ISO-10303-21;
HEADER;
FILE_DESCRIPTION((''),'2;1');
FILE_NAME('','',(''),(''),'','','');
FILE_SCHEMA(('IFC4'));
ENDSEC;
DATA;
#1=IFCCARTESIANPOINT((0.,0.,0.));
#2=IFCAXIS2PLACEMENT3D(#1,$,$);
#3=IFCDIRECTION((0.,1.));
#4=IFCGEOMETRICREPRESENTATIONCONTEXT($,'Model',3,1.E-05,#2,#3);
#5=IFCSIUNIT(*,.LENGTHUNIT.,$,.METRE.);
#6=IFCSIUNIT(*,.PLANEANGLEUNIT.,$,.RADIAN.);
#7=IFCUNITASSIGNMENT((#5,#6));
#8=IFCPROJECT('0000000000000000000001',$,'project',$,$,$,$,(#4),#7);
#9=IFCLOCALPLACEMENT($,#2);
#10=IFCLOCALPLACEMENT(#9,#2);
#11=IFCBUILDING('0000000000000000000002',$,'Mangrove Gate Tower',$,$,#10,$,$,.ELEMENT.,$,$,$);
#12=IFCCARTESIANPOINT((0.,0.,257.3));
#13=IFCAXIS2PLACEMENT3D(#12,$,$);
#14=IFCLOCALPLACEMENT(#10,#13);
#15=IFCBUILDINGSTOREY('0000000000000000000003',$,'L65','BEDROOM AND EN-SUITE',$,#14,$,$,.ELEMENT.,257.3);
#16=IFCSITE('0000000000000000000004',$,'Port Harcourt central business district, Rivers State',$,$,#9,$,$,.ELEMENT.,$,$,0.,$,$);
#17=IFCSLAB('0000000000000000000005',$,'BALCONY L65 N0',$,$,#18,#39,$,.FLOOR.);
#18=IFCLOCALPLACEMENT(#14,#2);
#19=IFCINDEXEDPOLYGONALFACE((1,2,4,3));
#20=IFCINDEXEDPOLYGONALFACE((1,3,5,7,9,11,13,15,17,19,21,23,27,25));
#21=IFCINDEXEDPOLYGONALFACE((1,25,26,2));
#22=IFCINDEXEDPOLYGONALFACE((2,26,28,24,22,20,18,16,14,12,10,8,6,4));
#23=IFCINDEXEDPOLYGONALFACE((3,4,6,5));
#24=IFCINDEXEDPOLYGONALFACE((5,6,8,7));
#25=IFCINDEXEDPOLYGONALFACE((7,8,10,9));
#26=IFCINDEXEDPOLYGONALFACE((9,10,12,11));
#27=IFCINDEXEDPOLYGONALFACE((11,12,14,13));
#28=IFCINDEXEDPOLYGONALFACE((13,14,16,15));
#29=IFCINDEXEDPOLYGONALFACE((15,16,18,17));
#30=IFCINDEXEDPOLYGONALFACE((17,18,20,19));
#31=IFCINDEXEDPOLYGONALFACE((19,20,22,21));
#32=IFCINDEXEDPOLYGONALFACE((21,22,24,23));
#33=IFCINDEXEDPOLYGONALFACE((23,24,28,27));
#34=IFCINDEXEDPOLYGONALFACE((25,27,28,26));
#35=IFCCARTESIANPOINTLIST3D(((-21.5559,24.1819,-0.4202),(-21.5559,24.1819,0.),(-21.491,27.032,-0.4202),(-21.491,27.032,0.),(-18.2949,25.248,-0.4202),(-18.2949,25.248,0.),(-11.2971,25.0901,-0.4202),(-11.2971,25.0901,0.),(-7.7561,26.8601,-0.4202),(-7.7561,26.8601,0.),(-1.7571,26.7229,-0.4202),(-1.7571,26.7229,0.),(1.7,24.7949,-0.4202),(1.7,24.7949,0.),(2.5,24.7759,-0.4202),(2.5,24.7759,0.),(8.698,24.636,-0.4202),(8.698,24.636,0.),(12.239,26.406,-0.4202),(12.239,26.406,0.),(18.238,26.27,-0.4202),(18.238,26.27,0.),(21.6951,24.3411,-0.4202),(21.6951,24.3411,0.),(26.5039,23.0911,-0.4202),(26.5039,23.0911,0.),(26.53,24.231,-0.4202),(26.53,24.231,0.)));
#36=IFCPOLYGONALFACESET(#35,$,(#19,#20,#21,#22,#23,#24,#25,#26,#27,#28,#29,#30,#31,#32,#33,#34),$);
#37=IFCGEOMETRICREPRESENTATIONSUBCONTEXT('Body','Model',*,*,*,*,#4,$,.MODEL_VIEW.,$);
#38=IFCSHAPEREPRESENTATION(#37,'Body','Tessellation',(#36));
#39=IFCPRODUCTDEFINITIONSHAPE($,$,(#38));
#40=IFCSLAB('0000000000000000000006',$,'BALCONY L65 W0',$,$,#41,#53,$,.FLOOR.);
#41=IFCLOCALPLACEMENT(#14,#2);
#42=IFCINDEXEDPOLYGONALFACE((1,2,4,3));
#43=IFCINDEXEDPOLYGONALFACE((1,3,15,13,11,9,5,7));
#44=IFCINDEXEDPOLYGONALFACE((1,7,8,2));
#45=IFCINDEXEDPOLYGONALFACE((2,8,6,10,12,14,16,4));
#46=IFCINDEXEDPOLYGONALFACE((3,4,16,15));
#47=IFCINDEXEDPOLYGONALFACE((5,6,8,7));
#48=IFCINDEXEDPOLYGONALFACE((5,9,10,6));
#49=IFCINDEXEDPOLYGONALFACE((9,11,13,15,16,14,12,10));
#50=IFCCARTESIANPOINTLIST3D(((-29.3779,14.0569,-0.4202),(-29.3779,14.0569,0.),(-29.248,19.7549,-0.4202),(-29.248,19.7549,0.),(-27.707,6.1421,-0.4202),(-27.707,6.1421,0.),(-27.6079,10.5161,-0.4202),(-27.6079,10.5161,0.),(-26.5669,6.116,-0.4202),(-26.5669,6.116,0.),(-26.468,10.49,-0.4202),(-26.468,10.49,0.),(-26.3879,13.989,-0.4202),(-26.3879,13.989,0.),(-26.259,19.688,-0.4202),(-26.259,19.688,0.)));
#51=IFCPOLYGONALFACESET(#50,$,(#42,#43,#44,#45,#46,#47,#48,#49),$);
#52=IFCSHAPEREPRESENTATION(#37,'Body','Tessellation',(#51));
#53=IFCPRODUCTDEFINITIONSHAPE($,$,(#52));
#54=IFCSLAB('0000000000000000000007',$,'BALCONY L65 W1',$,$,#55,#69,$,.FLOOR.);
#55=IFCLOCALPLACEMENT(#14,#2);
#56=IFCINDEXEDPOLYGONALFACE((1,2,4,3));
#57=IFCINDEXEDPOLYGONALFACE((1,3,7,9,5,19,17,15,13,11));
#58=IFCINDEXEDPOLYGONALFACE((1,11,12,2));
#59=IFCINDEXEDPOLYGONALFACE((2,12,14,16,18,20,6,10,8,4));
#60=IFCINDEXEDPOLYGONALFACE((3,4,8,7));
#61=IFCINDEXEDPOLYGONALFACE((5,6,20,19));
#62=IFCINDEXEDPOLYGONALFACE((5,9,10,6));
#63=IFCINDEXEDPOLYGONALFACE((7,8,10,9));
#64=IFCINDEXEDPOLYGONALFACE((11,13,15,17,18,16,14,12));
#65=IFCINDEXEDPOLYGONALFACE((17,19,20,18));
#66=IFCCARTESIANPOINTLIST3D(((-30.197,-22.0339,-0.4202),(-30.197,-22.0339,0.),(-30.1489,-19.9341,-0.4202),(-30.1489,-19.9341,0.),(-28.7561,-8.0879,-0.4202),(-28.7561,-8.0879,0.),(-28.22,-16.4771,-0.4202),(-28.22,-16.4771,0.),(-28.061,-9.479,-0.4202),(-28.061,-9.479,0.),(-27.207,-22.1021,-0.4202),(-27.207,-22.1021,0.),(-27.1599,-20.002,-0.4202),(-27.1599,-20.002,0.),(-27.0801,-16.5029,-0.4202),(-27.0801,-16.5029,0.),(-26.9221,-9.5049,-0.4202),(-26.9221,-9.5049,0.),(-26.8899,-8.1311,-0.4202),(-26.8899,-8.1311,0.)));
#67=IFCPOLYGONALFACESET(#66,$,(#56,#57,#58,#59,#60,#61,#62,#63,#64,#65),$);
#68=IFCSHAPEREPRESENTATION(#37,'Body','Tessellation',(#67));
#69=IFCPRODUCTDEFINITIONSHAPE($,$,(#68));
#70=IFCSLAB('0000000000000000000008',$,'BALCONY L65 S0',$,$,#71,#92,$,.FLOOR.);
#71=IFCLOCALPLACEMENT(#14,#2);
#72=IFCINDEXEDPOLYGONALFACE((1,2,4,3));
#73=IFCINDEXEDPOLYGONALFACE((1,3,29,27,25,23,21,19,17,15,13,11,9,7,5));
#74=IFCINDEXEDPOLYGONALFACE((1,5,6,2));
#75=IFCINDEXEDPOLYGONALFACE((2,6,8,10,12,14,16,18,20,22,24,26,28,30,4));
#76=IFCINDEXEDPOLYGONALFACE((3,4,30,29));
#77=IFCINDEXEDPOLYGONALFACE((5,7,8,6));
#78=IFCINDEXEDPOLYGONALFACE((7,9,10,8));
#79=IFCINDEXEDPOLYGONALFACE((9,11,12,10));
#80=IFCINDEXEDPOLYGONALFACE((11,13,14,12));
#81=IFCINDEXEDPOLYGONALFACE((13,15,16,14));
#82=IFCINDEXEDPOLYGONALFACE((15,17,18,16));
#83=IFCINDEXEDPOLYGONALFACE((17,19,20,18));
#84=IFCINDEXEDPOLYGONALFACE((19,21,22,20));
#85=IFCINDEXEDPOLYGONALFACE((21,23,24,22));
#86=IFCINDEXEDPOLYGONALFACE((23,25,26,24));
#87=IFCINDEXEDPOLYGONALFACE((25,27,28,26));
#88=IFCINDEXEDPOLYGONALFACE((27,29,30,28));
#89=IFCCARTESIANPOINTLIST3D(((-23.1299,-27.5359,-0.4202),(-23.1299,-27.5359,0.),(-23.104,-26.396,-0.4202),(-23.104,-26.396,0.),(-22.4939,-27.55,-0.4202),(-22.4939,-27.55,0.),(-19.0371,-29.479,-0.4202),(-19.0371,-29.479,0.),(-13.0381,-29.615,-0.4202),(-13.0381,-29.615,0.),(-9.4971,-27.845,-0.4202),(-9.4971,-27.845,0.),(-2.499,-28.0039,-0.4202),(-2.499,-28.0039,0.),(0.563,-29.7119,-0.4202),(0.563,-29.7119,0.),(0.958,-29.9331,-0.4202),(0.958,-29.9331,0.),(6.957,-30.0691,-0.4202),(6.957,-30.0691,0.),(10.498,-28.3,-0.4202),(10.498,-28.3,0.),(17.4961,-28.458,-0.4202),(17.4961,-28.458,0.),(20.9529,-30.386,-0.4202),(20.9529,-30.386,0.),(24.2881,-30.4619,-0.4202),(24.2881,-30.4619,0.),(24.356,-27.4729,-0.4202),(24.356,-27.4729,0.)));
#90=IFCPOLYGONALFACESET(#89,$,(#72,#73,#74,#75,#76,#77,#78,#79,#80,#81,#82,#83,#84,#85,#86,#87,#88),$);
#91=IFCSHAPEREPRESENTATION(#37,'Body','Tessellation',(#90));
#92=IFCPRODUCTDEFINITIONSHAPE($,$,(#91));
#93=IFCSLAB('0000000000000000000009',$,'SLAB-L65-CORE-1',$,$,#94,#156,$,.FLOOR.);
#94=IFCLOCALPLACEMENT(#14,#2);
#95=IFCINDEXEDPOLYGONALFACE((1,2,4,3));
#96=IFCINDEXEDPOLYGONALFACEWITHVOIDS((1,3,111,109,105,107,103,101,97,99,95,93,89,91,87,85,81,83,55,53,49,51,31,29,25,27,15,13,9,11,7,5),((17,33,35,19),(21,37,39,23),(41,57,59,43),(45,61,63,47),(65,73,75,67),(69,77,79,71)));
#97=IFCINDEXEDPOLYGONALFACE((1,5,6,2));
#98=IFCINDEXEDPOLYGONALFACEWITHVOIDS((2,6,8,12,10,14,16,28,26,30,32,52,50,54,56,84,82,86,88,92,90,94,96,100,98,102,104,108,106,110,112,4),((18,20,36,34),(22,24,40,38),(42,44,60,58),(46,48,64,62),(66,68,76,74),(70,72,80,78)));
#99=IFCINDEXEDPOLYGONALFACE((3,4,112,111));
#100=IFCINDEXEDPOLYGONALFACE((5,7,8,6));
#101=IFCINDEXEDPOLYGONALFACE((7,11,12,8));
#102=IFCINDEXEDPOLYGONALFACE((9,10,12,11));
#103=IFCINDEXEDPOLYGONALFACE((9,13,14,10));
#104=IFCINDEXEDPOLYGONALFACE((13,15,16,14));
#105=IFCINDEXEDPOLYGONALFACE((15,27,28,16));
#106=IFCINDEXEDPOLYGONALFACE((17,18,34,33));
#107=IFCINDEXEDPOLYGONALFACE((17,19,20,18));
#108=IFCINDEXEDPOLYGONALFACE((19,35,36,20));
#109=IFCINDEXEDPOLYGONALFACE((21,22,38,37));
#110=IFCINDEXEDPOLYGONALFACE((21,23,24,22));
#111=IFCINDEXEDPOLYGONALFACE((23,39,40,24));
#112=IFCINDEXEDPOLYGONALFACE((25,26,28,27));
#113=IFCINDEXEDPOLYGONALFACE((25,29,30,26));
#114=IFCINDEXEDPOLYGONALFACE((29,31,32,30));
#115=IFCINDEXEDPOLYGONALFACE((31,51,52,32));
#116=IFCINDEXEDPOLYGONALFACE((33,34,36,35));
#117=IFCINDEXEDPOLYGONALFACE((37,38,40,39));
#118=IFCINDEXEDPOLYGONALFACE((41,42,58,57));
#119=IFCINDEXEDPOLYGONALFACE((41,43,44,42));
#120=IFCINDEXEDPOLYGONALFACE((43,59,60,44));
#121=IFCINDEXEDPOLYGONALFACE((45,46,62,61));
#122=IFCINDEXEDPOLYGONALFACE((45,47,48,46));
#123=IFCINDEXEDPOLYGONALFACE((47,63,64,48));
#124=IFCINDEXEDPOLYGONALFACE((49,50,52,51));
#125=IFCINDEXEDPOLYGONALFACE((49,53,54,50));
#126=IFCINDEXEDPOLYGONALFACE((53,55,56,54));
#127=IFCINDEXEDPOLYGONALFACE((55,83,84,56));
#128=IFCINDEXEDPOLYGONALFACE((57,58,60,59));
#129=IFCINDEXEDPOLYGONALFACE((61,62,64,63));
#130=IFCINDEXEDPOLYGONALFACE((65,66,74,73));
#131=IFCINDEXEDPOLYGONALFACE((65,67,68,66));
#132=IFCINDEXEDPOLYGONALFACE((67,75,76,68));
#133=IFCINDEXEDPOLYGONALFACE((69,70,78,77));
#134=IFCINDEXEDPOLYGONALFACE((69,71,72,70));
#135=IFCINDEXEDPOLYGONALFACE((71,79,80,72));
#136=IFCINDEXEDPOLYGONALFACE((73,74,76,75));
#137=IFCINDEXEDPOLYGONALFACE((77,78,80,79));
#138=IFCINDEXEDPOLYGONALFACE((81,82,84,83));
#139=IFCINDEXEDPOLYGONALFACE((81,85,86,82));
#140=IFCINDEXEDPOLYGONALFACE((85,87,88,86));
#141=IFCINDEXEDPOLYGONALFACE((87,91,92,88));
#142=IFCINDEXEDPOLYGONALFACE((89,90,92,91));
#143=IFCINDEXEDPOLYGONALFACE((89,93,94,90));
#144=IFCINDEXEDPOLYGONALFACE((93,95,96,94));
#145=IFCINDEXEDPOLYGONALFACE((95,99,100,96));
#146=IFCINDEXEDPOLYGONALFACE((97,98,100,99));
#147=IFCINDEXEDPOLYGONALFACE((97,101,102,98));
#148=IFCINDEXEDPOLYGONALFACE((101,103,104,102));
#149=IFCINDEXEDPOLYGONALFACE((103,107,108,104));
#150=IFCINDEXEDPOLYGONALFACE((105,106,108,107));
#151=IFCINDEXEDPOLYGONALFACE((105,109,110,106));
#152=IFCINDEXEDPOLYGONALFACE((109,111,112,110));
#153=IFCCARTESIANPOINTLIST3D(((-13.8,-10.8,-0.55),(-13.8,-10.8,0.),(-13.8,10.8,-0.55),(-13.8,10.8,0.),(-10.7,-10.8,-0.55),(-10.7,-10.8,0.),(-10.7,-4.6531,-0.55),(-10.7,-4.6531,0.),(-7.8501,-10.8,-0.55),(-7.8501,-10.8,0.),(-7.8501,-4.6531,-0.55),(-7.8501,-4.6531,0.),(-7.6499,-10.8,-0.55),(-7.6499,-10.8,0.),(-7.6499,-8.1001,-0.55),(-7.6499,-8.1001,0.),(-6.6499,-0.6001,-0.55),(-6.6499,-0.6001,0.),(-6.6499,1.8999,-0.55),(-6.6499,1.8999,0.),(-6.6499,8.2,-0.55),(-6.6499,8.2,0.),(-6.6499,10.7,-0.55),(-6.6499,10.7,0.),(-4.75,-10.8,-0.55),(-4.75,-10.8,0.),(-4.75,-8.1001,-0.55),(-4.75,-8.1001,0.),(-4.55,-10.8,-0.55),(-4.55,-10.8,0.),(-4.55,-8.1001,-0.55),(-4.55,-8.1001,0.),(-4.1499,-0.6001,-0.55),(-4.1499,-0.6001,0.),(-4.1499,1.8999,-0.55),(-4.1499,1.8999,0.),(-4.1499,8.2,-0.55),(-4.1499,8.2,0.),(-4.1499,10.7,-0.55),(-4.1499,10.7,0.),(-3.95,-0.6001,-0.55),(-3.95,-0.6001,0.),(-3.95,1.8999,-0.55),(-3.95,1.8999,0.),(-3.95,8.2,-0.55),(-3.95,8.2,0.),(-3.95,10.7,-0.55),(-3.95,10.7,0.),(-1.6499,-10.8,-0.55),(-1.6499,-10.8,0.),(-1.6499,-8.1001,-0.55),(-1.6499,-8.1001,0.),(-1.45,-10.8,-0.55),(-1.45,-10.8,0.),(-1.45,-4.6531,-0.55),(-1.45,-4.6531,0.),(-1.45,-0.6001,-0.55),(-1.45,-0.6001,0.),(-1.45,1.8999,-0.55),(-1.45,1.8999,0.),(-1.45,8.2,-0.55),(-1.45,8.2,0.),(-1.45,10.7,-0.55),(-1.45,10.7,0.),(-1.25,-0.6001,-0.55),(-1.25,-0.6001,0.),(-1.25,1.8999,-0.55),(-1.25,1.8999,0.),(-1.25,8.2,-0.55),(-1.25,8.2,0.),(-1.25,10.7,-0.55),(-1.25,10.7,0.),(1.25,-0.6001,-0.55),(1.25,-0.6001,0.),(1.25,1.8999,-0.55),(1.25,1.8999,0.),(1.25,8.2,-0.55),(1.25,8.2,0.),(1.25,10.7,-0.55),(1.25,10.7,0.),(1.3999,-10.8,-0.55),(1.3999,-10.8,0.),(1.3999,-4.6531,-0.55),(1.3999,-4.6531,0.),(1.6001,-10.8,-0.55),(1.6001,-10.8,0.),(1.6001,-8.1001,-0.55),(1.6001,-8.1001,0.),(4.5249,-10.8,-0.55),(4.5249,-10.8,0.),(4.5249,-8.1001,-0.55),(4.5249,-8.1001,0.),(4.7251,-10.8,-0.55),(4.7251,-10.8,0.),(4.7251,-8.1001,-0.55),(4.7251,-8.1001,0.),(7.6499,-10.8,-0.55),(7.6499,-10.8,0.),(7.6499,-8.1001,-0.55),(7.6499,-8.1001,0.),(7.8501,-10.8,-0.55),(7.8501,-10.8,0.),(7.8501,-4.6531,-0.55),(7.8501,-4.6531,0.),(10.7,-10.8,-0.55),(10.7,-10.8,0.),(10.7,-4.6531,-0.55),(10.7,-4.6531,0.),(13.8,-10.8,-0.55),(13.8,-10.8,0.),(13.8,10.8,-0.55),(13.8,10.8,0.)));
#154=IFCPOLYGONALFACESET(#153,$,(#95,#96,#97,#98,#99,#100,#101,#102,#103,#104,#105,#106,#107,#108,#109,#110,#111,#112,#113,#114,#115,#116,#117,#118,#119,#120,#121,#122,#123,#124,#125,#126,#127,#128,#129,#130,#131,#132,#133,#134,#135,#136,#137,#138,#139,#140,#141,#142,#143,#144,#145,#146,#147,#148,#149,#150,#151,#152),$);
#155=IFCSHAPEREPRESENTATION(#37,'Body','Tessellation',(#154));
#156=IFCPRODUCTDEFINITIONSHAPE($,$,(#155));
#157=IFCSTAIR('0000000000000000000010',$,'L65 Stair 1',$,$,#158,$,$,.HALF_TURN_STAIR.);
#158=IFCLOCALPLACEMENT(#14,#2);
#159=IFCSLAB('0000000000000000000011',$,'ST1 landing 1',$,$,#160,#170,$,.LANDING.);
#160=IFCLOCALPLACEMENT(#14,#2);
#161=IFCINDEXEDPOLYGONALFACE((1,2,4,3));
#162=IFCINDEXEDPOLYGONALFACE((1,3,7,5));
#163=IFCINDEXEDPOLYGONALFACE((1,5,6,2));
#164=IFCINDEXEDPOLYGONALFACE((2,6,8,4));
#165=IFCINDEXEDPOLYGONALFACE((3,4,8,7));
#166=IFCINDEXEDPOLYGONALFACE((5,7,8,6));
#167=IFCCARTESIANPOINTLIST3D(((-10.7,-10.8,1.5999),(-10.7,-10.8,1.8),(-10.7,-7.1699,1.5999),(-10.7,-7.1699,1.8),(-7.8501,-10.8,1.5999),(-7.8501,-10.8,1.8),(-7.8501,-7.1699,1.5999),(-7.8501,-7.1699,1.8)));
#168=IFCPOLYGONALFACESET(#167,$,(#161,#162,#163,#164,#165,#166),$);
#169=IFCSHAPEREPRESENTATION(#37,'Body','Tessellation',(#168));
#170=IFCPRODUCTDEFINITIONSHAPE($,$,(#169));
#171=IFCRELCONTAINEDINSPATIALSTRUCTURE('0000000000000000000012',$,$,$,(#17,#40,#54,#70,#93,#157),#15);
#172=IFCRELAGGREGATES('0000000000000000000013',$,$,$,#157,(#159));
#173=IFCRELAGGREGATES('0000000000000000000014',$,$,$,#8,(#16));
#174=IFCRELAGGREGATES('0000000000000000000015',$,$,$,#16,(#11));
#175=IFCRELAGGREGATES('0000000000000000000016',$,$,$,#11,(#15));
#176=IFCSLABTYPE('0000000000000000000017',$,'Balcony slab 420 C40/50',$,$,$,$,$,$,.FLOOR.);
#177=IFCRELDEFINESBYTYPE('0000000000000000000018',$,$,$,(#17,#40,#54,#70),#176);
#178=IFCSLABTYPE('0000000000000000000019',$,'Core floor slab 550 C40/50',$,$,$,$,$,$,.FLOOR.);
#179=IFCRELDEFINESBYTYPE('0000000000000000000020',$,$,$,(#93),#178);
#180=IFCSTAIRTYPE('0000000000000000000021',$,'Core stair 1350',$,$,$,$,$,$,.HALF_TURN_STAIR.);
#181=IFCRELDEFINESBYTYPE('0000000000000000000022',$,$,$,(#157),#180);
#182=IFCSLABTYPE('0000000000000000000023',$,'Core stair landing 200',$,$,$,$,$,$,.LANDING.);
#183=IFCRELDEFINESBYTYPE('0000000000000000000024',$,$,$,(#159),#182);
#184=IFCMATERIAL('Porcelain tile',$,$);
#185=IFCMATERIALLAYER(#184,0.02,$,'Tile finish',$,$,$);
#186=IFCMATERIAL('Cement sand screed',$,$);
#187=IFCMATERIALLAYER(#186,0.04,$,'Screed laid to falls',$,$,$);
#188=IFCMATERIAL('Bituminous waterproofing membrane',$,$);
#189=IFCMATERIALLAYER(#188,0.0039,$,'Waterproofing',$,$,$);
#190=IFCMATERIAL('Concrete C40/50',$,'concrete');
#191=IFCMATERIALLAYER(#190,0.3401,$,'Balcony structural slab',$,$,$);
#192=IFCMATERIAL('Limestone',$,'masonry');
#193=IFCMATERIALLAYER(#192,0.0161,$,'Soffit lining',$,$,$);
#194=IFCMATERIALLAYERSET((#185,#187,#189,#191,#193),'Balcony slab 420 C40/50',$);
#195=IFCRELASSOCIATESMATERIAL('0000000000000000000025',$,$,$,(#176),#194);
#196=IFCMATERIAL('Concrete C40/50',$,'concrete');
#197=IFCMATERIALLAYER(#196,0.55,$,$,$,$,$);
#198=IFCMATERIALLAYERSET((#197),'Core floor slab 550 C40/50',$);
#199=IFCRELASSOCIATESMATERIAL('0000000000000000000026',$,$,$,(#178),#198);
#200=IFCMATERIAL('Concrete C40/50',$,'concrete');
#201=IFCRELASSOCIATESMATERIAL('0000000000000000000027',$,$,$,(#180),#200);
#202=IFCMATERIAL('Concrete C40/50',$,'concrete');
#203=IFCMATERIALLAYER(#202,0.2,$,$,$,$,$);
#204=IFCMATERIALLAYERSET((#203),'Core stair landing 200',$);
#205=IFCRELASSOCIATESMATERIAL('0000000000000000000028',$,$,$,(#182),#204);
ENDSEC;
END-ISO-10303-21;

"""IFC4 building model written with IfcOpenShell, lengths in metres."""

from ifc_helpers import new_model, si_unit, direction, frame, origin, place, context, subcontext, project, spatial, polyline, outline, extrude, material, layer, layer_set, type_object, element, aggregate, save


model = new_model("IFC4")

# Units and contexts
model_context = context("Model", 3, precision=1e-05, world=origin(), true_north=direction((0.0, 1.0)))
body_context = subcontext(model_context, "Body", "Model", "MODEL_VIEW")
ifc_project = project(units=[si_unit("LENGTHUNIT", "METRE"), si_unit("PLANEANGLEUNIT", "RADIAN")], contexts=[model_context])

# Site, building, storey
site_placement = place(None, origin())
site = spatial("IfcSite", under=ifc_project, at=site_placement, Name="Port Harcourt central business district, Rivers State", CompositionType="ELEMENT", RefElevation=0.0)
building_placement = place(site_placement, origin())
building = spatial("IfcBuilding", under=site, at=building_placement, Name="Mangrove Gate Tower", CompositionType="ELEMENT")
storey_placement = place(building_placement, frame((0.0, 0.0, 257.3)))
storey = spatial("IfcBuildingStorey", under=building, at=storey_placement, Name="L65", Description="BEDROOM AND EN-SUITE", CompositionType="ELEMENT", Elevation=257.3)

# Slabs
ifc_material_1 = material(Name="Porcelain tile")
ifc_layer_1 = layer(ifc_material_1, 0.02, Name="Tile finish")
ifc_material_2 = material(Name="Cement sand screed")
ifc_layer_2 = layer(ifc_material_2, 0.04, Name="Screed laid to falls")
ifc_material_3 = material(Name="Bituminous waterproofing membrane")
ifc_layer_3 = layer(ifc_material_3, 0.0039, Name="Waterproofing")
ifc_material_4 = material(Name="Concrete C40/50", Category="concrete")
ifc_layer_4 = layer(ifc_material_4, 0.3401, Name="Balcony structural slab")
ifc_material_5 = material(Name="Limestone", Category="masonry")
ifc_layer_5 = layer(ifc_material_5, 0.0161, Name="Soffit lining")
ifc_layer_set_1 = layer_set([ifc_layer_1, ifc_layer_2, ifc_layer_3, ifc_layer_4, ifc_layer_5], Name="Balcony slab 420 C40/50")
slab_type_1 = type_object("IfcSlabType", Name="Balcony slab 420 C40/50", PredefinedType="FLOOR", material=ifc_layer_set_1)
slab_1_placement = place(storey_placement, frame((0.0, 0.0, -0.4202)))
element("IfcSlab", 1, at=slab_1_placement, inside=storey, type_object=slab_type_1, Name="BALCONY L65 N0", PredefinedType="FLOOR", context=body_context, shape_type="SweptSolid", body=[
    extrude(outline(polyline([(26.53, 24.231), (21.6951, 24.3411), (18.238, 26.27), (12.239, 26.406), (8.698, 24.636), (2.5, 24.7759), (1.7, 24.7949), (-1.7571, 26.7229), (-7.7561, 26.8601), (-11.2971, 25.0901), (-18.2949, 25.248), (-21.491, 27.032), (-21.5559, 24.1819), (26.5039, 23.0911), (26.53, 24.231)])), origin(), (0.0, 0.0, 1.0), 0.4202),
])
slab_2_placement = place(storey_placement, frame((0.0, 0.0, -0.4202)))
element("IfcSlab", 2, at=slab_2_placement, inside=storey, type_object=slab_type_1, Name="BALCONY L65 W0", PredefinedType="FLOOR", context=body_context, shape_type="SweptSolid", body=[
    extrude(outline(polyline([(-29.248, 19.7549), (-29.3779, 14.0569), (-27.6079, 10.5161), (-27.707, 6.1421), (-26.5669, 6.116), (-26.468, 10.49), (-26.3879, 13.989), (-26.259, 19.688), (-29.248, 19.7549)])), origin(), (0.0, 0.0, 1.0), 0.4202),
])
slab_3_placement = place(storey_placement, frame((0.0, 0.0, -0.4202)))
element("IfcSlab", 3, at=slab_3_placement, inside=storey, type_object=slab_type_1, Name="BALCONY L65 W1", PredefinedType="FLOOR", context=body_context, shape_type="SweptSolid", body=[
    extrude(outline(polyline([(-28.7561, -8.0879), (-28.061, -9.479), (-28.22, -16.4771), (-30.1489, -19.9341), (-30.197, -22.0339), (-27.207, -22.1021), (-27.1599, -20.002), (-27.0801, -16.5029), (-26.9221, -9.5049), (-26.8899, -8.1311), (-28.7561, -8.0879)])), origin(), (0.0, 0.0, 1.0), 0.4202),
])
slab_4_placement = place(storey_placement, frame((0.0, 0.0, -0.4202)))
element("IfcSlab", 4, at=slab_4_placement, inside=storey, type_object=slab_type_1, Name="BALCONY L65 S0", PredefinedType="FLOOR", context=body_context, shape_type="SweptSolid", body=[
    extrude(outline(polyline([(-23.1299, -27.5359), (-22.4939, -27.55), (-19.0371, -29.479), (-13.0381, -29.615), (-9.4971, -27.845), (-2.499, -28.0039), (0.563, -29.7119), (0.958, -29.9331), (6.957, -30.0691), (10.498, -28.3), (17.4961, -28.458), (20.9529, -30.386), (24.2881, -30.4619), (24.356, -27.4729), (-23.104, -26.396), (-23.1299, -27.5359)])), origin(), (0.0, 0.0, 1.0), 0.4202),
])
ifc_material_6 = material(Name="Concrete C40/50", Category="concrete")
ifc_layer_6 = layer(ifc_material_6, 0.55)
ifc_layer_set_2 = layer_set([ifc_layer_6], Name="Core floor slab 550 C40/50")
slab_type_2 = type_object("IfcSlabType", Name="Core floor slab 550 C40/50", PredefinedType="FLOOR", material=ifc_layer_set_2)
slab_5_placement = place(storey_placement, frame((0.0, 0.0, -0.55)))
element("IfcSlab", 5, at=slab_5_placement, inside=storey, type_object=slab_type_2, Name="SLAB-L65-CORE-1", PredefinedType="FLOOR", context=body_context, shape_type="SweptSolid", body=[
    extrude(outline(polyline([(-13.8, -10.8), (-13.8, 10.8), (13.8, 10.8), (13.8, -10.8), (10.7, -10.8), (10.7, -4.6531), (7.8501, -4.6531), (7.8501, -10.8), (7.6499, -10.8), (7.6499, -8.1001), (4.7251, -8.1001), (4.7251, -10.8), (4.5249, -10.8), (4.5249, -8.1001), (1.6001, -8.1001), (1.6001, -10.8), (1.3999, -10.8), (1.3999, -4.6531), (-1.45, -4.6531), (-1.45, -10.8), (-1.6499, -10.8), (-1.6499, -8.1001), (-4.55, -8.1001), (-4.55, -10.8), (-4.75, -10.8), (-4.75, -8.1001), (-7.6499, -8.1001), (-7.6499, -10.8), (-7.8501, -10.8), (-7.8501, -4.6531), (-10.7, -4.6531), (-10.7, -10.8), (-13.8, -10.8)]), holes=[polyline([(-4.1499, 1.8999), (-6.6499, 1.8999), (-6.6499, -0.6001), (-4.1499, -0.6001), (-4.1499, 1.8999)]), polyline([(-1.45, -0.6001), (-1.45, 1.8999), (-3.95, 1.8999), (-3.95, -0.6001), (-1.45, -0.6001)]), polyline([(-4.1499, 8.2), (-4.1499, 10.7), (-6.6499, 10.7), (-6.6499, 8.2), (-4.1499, 8.2)]), polyline([(-1.45, 10.7), (-3.95, 10.7), (-3.95, 8.2), (-1.45, 8.2), (-1.45, 10.7)]), polyline([(1.25, -0.6001), (1.25, 1.8999), (-1.25, 1.8999), (-1.25, -0.6001), (1.25, -0.6001)]), polyline([(1.25, 8.2), (1.25, 10.7), (-1.25, 10.7), (-1.25, 8.2), (1.25, 8.2)])]), origin(), (0.0, 0.0, 1.0), 0.55),
])

# Stair, slab
ifc_material_7 = material(Name="Concrete C40/50", Category="concrete")
stair_type = type_object("IfcStairType", Name="Core stair 1350", PredefinedType="HALF_TURN_STAIR", material=ifc_material_7)
stair_1_placement = place(storey_placement, origin())
stair_1 = element("IfcStair", 6, at=stair_1_placement, inside=storey, type_object=stair_type, Name="L65 Stair 1", PredefinedType="HALF_TURN_STAIR")
ifc_material_8 = material(Name="Concrete C40/50", Category="concrete")
ifc_layer_7 = layer(ifc_material_8, 0.2)
ifc_layer_set_3 = layer_set([ifc_layer_7], Name="Core stair landing 200")
slab_type_3 = type_object("IfcSlabType", Name="Core stair landing 200", PredefinedType="LANDING", material=ifc_layer_set_3)
slab_6_placement = place(storey_placement, frame((0.0, 0.0, 1.5999)))
slab_6 = element("IfcSlab", 7, at=slab_6_placement, type_object=slab_type_3, Name="ST1 landing 1", PredefinedType="LANDING", context=body_context, shape_type="SweptSolid", body=[
    extrude(outline(polyline([(-10.7, -7.1699), (-10.7, -10.8), (-7.8501, -10.8), (-7.8501, -7.1699), (-10.7, -7.1699)])), origin(), (0.0, 0.0, 1.0), 0.2002),
])
aggregate(stair_1, [slab_6])

save(model, "model.ifc")
